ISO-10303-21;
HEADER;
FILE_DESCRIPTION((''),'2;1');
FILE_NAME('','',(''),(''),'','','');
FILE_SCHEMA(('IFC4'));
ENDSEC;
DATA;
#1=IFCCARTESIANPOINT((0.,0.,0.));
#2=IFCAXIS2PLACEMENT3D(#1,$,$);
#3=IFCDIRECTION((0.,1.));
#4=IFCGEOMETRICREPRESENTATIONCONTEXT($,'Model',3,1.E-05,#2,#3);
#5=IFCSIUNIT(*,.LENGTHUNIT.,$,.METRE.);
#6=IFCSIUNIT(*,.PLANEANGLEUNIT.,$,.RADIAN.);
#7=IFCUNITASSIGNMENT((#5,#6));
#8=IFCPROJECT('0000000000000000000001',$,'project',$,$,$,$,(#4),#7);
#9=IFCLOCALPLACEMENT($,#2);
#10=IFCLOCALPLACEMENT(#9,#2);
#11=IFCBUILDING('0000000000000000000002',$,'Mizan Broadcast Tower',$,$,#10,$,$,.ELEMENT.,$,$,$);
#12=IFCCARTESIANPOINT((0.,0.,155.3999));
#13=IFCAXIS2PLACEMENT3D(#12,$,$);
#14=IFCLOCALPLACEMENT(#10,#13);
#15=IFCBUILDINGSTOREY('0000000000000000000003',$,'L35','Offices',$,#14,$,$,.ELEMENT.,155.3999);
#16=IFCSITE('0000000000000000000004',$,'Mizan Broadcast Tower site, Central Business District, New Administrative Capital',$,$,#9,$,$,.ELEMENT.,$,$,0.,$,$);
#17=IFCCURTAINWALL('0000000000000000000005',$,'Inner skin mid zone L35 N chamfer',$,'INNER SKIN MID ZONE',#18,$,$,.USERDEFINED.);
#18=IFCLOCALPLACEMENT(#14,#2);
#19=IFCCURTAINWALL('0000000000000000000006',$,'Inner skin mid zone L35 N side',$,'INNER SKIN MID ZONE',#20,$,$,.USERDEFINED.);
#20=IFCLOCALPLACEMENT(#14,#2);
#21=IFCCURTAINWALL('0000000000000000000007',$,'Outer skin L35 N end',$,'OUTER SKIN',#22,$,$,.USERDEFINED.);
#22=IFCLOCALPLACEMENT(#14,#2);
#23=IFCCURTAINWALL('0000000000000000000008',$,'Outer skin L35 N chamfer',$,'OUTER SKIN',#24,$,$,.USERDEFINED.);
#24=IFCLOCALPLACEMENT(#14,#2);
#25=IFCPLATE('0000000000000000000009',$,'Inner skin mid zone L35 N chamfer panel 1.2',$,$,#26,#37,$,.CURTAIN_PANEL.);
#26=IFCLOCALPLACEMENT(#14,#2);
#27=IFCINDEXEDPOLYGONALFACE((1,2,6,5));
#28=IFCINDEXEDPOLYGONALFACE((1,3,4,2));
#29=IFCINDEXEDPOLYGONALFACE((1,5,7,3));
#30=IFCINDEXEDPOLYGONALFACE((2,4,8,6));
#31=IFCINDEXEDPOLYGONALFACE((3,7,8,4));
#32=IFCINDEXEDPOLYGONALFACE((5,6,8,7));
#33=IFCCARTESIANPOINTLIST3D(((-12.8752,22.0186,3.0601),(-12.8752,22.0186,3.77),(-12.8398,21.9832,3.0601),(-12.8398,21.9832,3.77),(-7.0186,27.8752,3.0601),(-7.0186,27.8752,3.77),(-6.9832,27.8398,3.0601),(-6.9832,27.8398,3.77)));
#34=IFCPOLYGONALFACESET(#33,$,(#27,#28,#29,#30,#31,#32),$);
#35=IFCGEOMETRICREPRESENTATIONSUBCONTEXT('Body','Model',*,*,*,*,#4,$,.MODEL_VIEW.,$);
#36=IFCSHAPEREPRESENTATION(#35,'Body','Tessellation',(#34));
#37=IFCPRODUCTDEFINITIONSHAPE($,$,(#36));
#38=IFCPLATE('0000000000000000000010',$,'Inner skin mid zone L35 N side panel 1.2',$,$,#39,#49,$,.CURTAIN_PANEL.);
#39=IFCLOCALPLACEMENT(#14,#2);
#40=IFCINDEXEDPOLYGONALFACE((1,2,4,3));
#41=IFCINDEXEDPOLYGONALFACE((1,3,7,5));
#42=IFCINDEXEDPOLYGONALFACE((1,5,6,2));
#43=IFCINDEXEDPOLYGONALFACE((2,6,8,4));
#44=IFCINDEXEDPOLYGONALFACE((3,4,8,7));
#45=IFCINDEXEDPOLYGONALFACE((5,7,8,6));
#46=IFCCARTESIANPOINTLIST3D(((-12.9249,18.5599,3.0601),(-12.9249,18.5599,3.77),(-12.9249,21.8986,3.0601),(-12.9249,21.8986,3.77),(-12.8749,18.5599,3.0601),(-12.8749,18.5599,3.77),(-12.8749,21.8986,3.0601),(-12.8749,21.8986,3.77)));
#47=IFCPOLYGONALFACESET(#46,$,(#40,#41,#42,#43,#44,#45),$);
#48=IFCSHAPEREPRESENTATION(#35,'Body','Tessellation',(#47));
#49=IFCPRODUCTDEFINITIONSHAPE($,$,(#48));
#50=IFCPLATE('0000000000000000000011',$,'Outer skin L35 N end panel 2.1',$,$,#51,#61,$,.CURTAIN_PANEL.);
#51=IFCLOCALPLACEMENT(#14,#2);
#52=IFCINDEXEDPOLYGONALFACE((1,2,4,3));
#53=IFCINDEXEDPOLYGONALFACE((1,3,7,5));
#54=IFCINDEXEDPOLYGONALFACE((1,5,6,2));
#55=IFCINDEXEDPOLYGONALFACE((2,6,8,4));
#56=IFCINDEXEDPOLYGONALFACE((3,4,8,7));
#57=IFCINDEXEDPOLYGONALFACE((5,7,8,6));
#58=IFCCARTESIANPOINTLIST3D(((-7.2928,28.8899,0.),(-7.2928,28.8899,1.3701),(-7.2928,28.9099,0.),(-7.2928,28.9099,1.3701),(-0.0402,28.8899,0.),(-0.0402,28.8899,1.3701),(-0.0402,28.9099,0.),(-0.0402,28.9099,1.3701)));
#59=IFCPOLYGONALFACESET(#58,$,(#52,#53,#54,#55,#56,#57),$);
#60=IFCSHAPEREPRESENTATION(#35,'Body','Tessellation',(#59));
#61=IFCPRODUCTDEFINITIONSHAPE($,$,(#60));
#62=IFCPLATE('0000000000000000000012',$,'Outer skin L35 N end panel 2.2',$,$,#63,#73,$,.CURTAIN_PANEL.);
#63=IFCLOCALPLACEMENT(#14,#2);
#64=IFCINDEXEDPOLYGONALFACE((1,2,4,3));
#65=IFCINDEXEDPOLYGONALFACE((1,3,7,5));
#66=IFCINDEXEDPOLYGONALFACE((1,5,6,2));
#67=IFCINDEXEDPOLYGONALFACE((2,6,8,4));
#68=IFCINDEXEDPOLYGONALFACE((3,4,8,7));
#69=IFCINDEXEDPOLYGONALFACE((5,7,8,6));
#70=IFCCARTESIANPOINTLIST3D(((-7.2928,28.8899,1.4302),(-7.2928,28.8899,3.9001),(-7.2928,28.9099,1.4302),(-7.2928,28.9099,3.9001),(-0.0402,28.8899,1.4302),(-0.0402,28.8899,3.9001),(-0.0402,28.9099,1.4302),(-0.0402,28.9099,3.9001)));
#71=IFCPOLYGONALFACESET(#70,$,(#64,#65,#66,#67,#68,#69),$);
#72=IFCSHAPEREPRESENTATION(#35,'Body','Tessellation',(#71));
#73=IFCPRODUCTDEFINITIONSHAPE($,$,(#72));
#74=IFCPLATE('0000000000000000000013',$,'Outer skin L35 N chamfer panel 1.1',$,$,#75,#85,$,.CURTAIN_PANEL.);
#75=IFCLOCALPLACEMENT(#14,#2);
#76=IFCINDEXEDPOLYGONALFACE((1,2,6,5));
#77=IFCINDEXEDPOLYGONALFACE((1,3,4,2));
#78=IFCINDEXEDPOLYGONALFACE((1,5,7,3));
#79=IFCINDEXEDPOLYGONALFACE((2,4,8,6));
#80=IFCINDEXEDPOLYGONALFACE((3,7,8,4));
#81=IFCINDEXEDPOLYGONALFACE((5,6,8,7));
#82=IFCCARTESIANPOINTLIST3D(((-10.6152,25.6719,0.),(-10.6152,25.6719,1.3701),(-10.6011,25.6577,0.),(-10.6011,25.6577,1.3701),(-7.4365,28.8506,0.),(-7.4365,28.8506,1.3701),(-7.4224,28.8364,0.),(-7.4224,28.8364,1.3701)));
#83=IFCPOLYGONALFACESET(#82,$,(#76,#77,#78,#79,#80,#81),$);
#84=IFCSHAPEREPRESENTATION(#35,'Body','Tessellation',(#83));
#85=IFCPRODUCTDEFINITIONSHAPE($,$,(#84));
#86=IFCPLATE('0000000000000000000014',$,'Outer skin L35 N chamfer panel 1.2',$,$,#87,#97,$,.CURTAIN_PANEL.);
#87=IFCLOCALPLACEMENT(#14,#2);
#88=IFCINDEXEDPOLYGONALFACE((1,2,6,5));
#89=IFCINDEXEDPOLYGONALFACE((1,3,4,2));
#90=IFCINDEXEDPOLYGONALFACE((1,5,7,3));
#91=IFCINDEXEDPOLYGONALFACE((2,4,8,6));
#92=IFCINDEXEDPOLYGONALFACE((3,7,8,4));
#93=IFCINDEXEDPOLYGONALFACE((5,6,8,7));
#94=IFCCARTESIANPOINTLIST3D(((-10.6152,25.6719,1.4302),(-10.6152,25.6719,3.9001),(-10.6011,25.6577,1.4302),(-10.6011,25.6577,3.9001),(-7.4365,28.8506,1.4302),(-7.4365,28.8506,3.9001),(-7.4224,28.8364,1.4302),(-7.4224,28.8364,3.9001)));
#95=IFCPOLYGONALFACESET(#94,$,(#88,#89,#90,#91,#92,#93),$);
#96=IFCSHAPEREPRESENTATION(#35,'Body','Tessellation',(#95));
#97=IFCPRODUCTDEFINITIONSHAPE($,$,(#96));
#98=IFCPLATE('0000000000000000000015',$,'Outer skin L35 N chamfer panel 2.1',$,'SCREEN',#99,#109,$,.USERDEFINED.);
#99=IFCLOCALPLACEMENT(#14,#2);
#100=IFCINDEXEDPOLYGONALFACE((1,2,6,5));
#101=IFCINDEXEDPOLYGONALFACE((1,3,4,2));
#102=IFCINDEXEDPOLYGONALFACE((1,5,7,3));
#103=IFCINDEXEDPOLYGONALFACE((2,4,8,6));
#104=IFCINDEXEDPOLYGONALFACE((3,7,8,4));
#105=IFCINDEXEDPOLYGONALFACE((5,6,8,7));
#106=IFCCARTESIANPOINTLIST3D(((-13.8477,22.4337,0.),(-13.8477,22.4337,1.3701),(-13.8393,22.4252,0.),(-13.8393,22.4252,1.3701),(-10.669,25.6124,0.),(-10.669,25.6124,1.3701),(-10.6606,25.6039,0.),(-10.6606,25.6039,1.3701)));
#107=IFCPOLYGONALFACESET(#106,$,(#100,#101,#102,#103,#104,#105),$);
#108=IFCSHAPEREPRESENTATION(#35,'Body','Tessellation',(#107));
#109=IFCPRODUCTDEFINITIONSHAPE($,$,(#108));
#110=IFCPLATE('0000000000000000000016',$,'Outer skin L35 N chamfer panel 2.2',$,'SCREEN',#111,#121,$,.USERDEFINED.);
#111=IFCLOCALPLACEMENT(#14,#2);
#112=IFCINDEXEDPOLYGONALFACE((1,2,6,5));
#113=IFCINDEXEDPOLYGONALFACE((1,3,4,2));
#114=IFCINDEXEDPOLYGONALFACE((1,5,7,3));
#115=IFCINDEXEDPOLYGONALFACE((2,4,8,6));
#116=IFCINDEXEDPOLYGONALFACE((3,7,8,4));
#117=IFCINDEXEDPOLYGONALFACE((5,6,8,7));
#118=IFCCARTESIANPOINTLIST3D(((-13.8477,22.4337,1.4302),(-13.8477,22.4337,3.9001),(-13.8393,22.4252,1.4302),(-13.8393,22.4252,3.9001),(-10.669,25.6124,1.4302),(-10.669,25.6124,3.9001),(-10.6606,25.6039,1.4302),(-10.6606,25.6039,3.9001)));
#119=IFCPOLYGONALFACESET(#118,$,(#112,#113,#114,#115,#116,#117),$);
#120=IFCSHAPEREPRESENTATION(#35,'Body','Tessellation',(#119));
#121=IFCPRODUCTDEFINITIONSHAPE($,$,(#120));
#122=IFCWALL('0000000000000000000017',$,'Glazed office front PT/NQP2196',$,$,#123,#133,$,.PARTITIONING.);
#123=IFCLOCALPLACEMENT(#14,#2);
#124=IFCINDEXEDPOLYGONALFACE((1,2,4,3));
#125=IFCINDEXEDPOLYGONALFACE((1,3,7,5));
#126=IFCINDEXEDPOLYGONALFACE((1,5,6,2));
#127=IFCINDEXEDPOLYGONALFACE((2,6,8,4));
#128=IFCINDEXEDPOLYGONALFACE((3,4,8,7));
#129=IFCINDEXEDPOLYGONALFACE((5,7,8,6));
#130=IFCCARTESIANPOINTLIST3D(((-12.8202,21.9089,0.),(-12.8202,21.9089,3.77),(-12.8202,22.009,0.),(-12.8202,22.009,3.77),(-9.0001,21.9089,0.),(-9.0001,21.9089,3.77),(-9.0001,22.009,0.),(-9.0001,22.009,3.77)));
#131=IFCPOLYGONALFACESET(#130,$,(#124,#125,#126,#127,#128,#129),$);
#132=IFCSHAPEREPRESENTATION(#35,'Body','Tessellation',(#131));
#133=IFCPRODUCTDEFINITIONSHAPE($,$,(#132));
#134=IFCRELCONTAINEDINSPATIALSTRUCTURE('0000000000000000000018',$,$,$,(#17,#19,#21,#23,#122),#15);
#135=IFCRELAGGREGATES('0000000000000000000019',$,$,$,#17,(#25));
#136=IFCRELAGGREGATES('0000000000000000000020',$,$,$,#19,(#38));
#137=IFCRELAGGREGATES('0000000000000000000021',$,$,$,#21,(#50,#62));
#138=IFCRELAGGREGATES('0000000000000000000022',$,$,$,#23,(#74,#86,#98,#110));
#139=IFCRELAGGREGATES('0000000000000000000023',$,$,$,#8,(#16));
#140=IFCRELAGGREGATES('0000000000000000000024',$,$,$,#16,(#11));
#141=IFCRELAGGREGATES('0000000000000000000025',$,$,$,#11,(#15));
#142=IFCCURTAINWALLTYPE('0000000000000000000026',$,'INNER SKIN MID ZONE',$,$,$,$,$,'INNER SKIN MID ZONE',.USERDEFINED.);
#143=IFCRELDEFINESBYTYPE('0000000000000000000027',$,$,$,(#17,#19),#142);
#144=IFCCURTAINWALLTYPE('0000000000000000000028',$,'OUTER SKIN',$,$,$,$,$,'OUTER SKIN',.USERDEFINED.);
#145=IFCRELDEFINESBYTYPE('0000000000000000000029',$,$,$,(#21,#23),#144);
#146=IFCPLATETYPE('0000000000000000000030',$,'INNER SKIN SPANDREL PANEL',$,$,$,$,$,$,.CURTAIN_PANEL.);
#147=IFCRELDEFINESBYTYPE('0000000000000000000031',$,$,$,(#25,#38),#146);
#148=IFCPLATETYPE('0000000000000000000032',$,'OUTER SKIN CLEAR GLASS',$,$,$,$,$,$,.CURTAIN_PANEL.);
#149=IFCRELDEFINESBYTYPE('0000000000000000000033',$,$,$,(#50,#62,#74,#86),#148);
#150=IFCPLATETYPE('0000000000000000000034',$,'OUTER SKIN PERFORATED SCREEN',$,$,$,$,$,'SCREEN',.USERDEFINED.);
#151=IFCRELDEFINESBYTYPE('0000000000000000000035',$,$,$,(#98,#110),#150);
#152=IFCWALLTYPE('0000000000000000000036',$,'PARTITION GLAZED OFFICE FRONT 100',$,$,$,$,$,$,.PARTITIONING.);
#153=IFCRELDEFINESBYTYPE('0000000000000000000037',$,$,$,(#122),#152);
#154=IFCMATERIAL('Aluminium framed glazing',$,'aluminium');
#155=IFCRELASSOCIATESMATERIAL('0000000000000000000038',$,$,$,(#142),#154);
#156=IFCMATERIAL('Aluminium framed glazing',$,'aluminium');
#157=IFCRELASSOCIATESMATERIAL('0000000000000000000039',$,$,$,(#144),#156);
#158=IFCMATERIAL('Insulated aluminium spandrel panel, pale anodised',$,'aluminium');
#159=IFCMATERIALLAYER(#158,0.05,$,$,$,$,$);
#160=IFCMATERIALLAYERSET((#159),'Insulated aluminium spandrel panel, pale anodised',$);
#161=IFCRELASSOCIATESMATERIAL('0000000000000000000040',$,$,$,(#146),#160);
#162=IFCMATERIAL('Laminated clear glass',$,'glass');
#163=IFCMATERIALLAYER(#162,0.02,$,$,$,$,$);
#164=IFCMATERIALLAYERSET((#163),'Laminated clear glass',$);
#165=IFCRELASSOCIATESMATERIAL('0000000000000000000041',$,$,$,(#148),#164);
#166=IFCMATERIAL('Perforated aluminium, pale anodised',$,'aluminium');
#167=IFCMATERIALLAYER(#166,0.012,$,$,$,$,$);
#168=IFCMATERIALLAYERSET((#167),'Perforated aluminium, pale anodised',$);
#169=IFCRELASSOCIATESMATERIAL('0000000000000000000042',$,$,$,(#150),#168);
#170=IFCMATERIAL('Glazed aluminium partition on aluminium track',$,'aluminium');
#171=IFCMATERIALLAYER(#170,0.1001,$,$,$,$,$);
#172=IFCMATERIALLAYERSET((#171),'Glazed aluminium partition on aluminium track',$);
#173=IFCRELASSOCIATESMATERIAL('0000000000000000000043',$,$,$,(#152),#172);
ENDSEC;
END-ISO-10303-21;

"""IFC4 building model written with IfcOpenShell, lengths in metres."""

from ifc_helpers import new_model, si_unit, direction, frame, frame_2d, origin, origin_2d, place, context, subcontext, project, spatial, rectangle, extrude, material, layer, layer_set, type_object, element, aggregate, save


model = new_model("IFC4")

# Units and contexts
model_context = context("Model", 3, precision=1e-05, world=origin(), true_north=direction((0.0, 1.0)))
body_context = subcontext(model_context, "Body", "Model", "MODEL_VIEW")
ifc_project = project(units=[si_unit("LENGTHUNIT", "METRE"), si_unit("PLANEANGLEUNIT", "RADIAN")], contexts=[model_context])

# Site, building, storey
site_placement = place(None, origin())
site = spatial("IfcSite", under=ifc_project, at=site_placement, Name="Mizan Broadcast Tower site, Central Business District, New Administrative Capital", CompositionType="ELEMENT", RefElevation=0.0)
building_placement = place(site_placement, origin())
building = spatial("IfcBuilding", under=site, at=building_placement, Name="Mizan Broadcast Tower", CompositionType="ELEMENT")
storey_placement = place(building_placement, frame((0.0, 0.0, 155.3999)))
storey = spatial("IfcBuildingStorey", under=building, at=storey_placement, Name="L35", Description="Offices", CompositionType="ELEMENT", Elevation=155.3999)

# Shared definitions
ifc_material_1 = material(Name="Aluminium framed glazing", Category="aluminium")
curtain_wall_type_1 = type_object("IfcCurtainWallType", Name="INNER SKIN MID ZONE", ElementType="INNER SKIN MID ZONE", PredefinedType="USERDEFINED", material=ifc_material_1)

# Curtain wall
curtain_wall_1_placement = place(storey_placement, origin())
curtain_wall_1 = element("IfcCurtainWall", 1, at=curtain_wall_1_placement, inside=storey, type_object=curtain_wall_type_1, Name="Inner skin mid zone L35 N chamfer", ObjectType="INNER SKIN MID ZONE", PredefinedType="USERDEFINED")

# Curtain wall
curtain_wall_2_placement = place(storey_placement, origin())
curtain_wall_2 = element("IfcCurtainWall", 2, at=curtain_wall_2_placement, inside=storey, type_object=curtain_wall_type_1, Name="Inner skin mid zone L35 N side", ObjectType="INNER SKIN MID ZONE", PredefinedType="USERDEFINED")

# Curtain wall
ifc_material_2 = material(Name="Aluminium framed glazing", Category="aluminium")
curtain_wall_type_2 = type_object("IfcCurtainWallType", Name="OUTER SKIN", ElementType="OUTER SKIN", PredefinedType="USERDEFINED", material=ifc_material_2)
curtain_wall_3_placement = place(storey_placement, origin())
curtain_wall_3 = element("IfcCurtainWall", 3, at=curtain_wall_3_placement, inside=storey, type_object=curtain_wall_type_2, Name="Outer skin L35 N end", ObjectType="OUTER SKIN", PredefinedType="USERDEFINED")

# Curtain wall
curtain_wall_4_placement = place(storey_placement, origin())
curtain_wall_4 = element("IfcCurtainWall", 4, at=curtain_wall_4_placement, inside=storey, type_object=curtain_wall_type_2, Name="Outer skin L35 N chamfer", ObjectType="OUTER SKIN", PredefinedType="USERDEFINED")

# Plates
ifc_material_3 = material(Name="Insulated aluminium spandrel panel, pale anodised", Category="aluminium")
ifc_layer_1 = layer(ifc_material_3, 0.05)
ifc_layer_set_1 = layer_set([ifc_layer_1], Name="Insulated aluminium spandrel panel, pale anodised")
plate_type_1 = type_object("IfcPlateType", Name="INNER SKIN SPANDREL PANEL", PredefinedType="CURTAIN_PANEL", material=ifc_layer_set_1)
plate_1_placement = place(storey_placement, frame((-9.9292, 24.9292, 3.0601), z_axis=(0.0, 0.0, 1.0), x_axis=(-0.707107, -0.707107, 0.0)))
plate_1 = element("IfcPlate", 5, at=plate_1_placement, type_object=plate_type_1, Name="Inner skin mid zone L35 N chamfer panel 1.2", PredefinedType="CURTAIN_PANEL", context=body_context, shape_type="SweptSolid", body=[
    extrude(rectangle(XDim=8.2825, YDim=0.05, at=origin_2d()), origin(), (0.0, 0.0, 1.0), 0.71),
])
aggregate(curtain_wall_1, [plate_1])
plate_2_placement = place(storey_placement, frame((-12.8999, 20.2292, 3.0601), z_axis=(0.0, 0.0, 1.0), x_axis=(0.0, -1.0, 0.0)))
plate_2 = element("IfcPlate", 6, at=plate_2_placement, type_object=plate_type_1, Name="Inner skin mid zone L35 N side panel 1.2", PredefinedType="CURTAIN_PANEL", context=body_context, shape_type="SweptSolid", body=[
    extrude(rectangle(XDim=3.3386, YDim=0.05, at=origin_2d()), origin(), (0.0, 0.0, 1.0), 0.71),
])
aggregate(curtain_wall_2, [plate_2])
ifc_material_4 = material(Name="Laminated clear glass", Category="glass")
ifc_layer_2 = layer(ifc_material_4, 0.02)
ifc_layer_set_2 = layer_set([ifc_layer_2], Name="Laminated clear glass")
plate_type_2 = type_object("IfcPlateType", Name="OUTER SKIN CLEAR GLASS", PredefinedType="CURTAIN_PANEL", material=ifc_layer_set_2)
plate_3_placement = place(storey_placement, frame((-3.6665, 28.8999, 0.0), z_axis=(0.0, 0.0, 1.0), x_axis=(-1.0, 0.0, 0.0)))
plate_3 = element("IfcPlate", 7, at=plate_3_placement, type_object=plate_type_2, Name="Outer skin L35 N end panel 2.1", PredefinedType="CURTAIN_PANEL", context=body_context, shape_type="SweptSolid", body=[
    extrude(rectangle(XDim=7.2527, YDim=0.02, at=origin_2d()), origin(), (0.0, 0.0, 1.0), 1.3701),
])
plate_4_placement = place(storey_placement, frame((-3.6665, 28.8999, 1.4302), z_axis=(0.0, 0.0, 1.0), x_axis=(-1.0, 0.0, 0.0)))
plate_4 = element("IfcPlate", 8, at=plate_4_placement, type_object=plate_type_2, Name="Outer skin L35 N end panel 2.2", PredefinedType="CURTAIN_PANEL", context=body_context, shape_type="SweptSolid", body=[
    extrude(rectangle(XDim=7.2527, YDim=0.02, at=origin_2d()), origin(), (0.0, 0.0, 1.0), 2.47),
])
aggregate(curtain_wall_3, [plate_3, plate_4])
plate_5_placement = place(storey_placement, frame((-9.0188, 27.2542, 0.0), z_axis=(0.0, 0.0, 1.0), x_axis=(-0.707107, -0.707107, 0.0)))
plate_5 = element("IfcPlate", 9, at=plate_5_placement, type_object=plate_type_2, Name="Outer skin L35 N chamfer panel 1.1", PredefinedType="CURTAIN_PANEL", context=body_context, shape_type="SweptSolid", body=[
    extrude(rectangle(XDim=4.4954, YDim=0.02, at=origin_2d()), origin(), (0.0, 0.0, 1.0), 1.3701),
])
plate_6_placement = place(storey_placement, frame((-9.0188, 27.2542, 1.4302), z_axis=(0.0, 0.0, 1.0), x_axis=(-0.707107, -0.707107, 0.0)))
plate_6 = element("IfcPlate", 10, at=plate_6_placement, type_object=plate_type_2, Name="Outer skin L35 N chamfer panel 1.2", PredefinedType="CURTAIN_PANEL", context=body_context, shape_type="SweptSolid", body=[
    extrude(rectangle(XDim=4.4954, YDim=0.02, at=origin_2d()), origin(), (0.0, 0.0, 1.0), 2.47),
])
ifc_material_5 = material(Name="Perforated aluminium, pale anodised", Category="aluminium")
ifc_layer_3 = layer(ifc_material_5, 0.012)
ifc_layer_set_3 = layer_set([ifc_layer_3], Name="Perforated aluminium, pale anodised")
plate_type_3 = type_object("IfcPlateType", Name="OUTER SKIN PERFORATED SCREEN", ElementType="SCREEN", PredefinedType="USERDEFINED", material=ifc_layer_set_3)
plate_7_placement = place(storey_placement, frame((-12.2542, 24.0188, 0.0), z_axis=(0.0, 0.0, 1.0), x_axis=(-0.707107, -0.707107, 0.0)))
plate_7 = element("IfcPlate", 11, at=plate_7_placement, type_object=plate_type_3, Name="Outer skin L35 N chamfer panel 2.1", ObjectType="SCREEN", PredefinedType="USERDEFINED", context=body_context, shape_type="SweptSolid", body=[
    extrude(rectangle(XDim=4.4954, YDim=0.012, at=origin_2d()), origin(), (0.0, 0.0, 1.0), 1.3701),
])
plate_8_placement = place(storey_placement, frame((-12.2542, 24.0188, 1.4302), z_axis=(0.0, 0.0, 1.0), x_axis=(-0.707107, -0.707107, 0.0)))
plate_8 = element("IfcPlate", 12, at=plate_8_placement, type_object=plate_type_3, Name="Outer skin L35 N chamfer panel 2.2", ObjectType="SCREEN", PredefinedType="USERDEFINED", context=body_context, shape_type="SweptSolid", body=[
    extrude(rectangle(XDim=4.4954, YDim=0.012, at=origin_2d()), origin(), (0.0, 0.0, 1.0), 2.47),
])
aggregate(curtain_wall_4, [plate_5, plate_6, plate_7, plate_8])

# Wall
ifc_material_6 = material(Name="Glazed aluminium partition on aluminium track", Category="aluminium")
ifc_layer_4 = layer(ifc_material_6, 0.1001)
ifc_layer_set_4 = layer_set([ifc_layer_4], Name="Glazed aluminium partition on aluminium track")
wall_type = type_object("IfcWallType", Name="PARTITION GLAZED OFFICE FRONT 100", PredefinedType="PARTITIONING", material=ifc_layer_set_4)
wall_placement = place(storey_placement, frame((-9.0, 21.959, 0.0), z_axis=(0.0, 0.0, 1.0), x_axis=(-1.0, 0.0, 0.0)))
element("IfcWall", 13, at=wall_placement, inside=storey, type_object=wall_type, Name="Glazed office front PT/NQP2196", PredefinedType="PARTITIONING", context=body_context, shape_type="SweptSolid", body=[
    extrude(rectangle(XDim=3.8201, YDim=0.1001, at=frame_2d((1.9102, 0.0))), origin(), (0.0, 0.0, 1.0), 3.77),
])

save(model, "model.ifc")
